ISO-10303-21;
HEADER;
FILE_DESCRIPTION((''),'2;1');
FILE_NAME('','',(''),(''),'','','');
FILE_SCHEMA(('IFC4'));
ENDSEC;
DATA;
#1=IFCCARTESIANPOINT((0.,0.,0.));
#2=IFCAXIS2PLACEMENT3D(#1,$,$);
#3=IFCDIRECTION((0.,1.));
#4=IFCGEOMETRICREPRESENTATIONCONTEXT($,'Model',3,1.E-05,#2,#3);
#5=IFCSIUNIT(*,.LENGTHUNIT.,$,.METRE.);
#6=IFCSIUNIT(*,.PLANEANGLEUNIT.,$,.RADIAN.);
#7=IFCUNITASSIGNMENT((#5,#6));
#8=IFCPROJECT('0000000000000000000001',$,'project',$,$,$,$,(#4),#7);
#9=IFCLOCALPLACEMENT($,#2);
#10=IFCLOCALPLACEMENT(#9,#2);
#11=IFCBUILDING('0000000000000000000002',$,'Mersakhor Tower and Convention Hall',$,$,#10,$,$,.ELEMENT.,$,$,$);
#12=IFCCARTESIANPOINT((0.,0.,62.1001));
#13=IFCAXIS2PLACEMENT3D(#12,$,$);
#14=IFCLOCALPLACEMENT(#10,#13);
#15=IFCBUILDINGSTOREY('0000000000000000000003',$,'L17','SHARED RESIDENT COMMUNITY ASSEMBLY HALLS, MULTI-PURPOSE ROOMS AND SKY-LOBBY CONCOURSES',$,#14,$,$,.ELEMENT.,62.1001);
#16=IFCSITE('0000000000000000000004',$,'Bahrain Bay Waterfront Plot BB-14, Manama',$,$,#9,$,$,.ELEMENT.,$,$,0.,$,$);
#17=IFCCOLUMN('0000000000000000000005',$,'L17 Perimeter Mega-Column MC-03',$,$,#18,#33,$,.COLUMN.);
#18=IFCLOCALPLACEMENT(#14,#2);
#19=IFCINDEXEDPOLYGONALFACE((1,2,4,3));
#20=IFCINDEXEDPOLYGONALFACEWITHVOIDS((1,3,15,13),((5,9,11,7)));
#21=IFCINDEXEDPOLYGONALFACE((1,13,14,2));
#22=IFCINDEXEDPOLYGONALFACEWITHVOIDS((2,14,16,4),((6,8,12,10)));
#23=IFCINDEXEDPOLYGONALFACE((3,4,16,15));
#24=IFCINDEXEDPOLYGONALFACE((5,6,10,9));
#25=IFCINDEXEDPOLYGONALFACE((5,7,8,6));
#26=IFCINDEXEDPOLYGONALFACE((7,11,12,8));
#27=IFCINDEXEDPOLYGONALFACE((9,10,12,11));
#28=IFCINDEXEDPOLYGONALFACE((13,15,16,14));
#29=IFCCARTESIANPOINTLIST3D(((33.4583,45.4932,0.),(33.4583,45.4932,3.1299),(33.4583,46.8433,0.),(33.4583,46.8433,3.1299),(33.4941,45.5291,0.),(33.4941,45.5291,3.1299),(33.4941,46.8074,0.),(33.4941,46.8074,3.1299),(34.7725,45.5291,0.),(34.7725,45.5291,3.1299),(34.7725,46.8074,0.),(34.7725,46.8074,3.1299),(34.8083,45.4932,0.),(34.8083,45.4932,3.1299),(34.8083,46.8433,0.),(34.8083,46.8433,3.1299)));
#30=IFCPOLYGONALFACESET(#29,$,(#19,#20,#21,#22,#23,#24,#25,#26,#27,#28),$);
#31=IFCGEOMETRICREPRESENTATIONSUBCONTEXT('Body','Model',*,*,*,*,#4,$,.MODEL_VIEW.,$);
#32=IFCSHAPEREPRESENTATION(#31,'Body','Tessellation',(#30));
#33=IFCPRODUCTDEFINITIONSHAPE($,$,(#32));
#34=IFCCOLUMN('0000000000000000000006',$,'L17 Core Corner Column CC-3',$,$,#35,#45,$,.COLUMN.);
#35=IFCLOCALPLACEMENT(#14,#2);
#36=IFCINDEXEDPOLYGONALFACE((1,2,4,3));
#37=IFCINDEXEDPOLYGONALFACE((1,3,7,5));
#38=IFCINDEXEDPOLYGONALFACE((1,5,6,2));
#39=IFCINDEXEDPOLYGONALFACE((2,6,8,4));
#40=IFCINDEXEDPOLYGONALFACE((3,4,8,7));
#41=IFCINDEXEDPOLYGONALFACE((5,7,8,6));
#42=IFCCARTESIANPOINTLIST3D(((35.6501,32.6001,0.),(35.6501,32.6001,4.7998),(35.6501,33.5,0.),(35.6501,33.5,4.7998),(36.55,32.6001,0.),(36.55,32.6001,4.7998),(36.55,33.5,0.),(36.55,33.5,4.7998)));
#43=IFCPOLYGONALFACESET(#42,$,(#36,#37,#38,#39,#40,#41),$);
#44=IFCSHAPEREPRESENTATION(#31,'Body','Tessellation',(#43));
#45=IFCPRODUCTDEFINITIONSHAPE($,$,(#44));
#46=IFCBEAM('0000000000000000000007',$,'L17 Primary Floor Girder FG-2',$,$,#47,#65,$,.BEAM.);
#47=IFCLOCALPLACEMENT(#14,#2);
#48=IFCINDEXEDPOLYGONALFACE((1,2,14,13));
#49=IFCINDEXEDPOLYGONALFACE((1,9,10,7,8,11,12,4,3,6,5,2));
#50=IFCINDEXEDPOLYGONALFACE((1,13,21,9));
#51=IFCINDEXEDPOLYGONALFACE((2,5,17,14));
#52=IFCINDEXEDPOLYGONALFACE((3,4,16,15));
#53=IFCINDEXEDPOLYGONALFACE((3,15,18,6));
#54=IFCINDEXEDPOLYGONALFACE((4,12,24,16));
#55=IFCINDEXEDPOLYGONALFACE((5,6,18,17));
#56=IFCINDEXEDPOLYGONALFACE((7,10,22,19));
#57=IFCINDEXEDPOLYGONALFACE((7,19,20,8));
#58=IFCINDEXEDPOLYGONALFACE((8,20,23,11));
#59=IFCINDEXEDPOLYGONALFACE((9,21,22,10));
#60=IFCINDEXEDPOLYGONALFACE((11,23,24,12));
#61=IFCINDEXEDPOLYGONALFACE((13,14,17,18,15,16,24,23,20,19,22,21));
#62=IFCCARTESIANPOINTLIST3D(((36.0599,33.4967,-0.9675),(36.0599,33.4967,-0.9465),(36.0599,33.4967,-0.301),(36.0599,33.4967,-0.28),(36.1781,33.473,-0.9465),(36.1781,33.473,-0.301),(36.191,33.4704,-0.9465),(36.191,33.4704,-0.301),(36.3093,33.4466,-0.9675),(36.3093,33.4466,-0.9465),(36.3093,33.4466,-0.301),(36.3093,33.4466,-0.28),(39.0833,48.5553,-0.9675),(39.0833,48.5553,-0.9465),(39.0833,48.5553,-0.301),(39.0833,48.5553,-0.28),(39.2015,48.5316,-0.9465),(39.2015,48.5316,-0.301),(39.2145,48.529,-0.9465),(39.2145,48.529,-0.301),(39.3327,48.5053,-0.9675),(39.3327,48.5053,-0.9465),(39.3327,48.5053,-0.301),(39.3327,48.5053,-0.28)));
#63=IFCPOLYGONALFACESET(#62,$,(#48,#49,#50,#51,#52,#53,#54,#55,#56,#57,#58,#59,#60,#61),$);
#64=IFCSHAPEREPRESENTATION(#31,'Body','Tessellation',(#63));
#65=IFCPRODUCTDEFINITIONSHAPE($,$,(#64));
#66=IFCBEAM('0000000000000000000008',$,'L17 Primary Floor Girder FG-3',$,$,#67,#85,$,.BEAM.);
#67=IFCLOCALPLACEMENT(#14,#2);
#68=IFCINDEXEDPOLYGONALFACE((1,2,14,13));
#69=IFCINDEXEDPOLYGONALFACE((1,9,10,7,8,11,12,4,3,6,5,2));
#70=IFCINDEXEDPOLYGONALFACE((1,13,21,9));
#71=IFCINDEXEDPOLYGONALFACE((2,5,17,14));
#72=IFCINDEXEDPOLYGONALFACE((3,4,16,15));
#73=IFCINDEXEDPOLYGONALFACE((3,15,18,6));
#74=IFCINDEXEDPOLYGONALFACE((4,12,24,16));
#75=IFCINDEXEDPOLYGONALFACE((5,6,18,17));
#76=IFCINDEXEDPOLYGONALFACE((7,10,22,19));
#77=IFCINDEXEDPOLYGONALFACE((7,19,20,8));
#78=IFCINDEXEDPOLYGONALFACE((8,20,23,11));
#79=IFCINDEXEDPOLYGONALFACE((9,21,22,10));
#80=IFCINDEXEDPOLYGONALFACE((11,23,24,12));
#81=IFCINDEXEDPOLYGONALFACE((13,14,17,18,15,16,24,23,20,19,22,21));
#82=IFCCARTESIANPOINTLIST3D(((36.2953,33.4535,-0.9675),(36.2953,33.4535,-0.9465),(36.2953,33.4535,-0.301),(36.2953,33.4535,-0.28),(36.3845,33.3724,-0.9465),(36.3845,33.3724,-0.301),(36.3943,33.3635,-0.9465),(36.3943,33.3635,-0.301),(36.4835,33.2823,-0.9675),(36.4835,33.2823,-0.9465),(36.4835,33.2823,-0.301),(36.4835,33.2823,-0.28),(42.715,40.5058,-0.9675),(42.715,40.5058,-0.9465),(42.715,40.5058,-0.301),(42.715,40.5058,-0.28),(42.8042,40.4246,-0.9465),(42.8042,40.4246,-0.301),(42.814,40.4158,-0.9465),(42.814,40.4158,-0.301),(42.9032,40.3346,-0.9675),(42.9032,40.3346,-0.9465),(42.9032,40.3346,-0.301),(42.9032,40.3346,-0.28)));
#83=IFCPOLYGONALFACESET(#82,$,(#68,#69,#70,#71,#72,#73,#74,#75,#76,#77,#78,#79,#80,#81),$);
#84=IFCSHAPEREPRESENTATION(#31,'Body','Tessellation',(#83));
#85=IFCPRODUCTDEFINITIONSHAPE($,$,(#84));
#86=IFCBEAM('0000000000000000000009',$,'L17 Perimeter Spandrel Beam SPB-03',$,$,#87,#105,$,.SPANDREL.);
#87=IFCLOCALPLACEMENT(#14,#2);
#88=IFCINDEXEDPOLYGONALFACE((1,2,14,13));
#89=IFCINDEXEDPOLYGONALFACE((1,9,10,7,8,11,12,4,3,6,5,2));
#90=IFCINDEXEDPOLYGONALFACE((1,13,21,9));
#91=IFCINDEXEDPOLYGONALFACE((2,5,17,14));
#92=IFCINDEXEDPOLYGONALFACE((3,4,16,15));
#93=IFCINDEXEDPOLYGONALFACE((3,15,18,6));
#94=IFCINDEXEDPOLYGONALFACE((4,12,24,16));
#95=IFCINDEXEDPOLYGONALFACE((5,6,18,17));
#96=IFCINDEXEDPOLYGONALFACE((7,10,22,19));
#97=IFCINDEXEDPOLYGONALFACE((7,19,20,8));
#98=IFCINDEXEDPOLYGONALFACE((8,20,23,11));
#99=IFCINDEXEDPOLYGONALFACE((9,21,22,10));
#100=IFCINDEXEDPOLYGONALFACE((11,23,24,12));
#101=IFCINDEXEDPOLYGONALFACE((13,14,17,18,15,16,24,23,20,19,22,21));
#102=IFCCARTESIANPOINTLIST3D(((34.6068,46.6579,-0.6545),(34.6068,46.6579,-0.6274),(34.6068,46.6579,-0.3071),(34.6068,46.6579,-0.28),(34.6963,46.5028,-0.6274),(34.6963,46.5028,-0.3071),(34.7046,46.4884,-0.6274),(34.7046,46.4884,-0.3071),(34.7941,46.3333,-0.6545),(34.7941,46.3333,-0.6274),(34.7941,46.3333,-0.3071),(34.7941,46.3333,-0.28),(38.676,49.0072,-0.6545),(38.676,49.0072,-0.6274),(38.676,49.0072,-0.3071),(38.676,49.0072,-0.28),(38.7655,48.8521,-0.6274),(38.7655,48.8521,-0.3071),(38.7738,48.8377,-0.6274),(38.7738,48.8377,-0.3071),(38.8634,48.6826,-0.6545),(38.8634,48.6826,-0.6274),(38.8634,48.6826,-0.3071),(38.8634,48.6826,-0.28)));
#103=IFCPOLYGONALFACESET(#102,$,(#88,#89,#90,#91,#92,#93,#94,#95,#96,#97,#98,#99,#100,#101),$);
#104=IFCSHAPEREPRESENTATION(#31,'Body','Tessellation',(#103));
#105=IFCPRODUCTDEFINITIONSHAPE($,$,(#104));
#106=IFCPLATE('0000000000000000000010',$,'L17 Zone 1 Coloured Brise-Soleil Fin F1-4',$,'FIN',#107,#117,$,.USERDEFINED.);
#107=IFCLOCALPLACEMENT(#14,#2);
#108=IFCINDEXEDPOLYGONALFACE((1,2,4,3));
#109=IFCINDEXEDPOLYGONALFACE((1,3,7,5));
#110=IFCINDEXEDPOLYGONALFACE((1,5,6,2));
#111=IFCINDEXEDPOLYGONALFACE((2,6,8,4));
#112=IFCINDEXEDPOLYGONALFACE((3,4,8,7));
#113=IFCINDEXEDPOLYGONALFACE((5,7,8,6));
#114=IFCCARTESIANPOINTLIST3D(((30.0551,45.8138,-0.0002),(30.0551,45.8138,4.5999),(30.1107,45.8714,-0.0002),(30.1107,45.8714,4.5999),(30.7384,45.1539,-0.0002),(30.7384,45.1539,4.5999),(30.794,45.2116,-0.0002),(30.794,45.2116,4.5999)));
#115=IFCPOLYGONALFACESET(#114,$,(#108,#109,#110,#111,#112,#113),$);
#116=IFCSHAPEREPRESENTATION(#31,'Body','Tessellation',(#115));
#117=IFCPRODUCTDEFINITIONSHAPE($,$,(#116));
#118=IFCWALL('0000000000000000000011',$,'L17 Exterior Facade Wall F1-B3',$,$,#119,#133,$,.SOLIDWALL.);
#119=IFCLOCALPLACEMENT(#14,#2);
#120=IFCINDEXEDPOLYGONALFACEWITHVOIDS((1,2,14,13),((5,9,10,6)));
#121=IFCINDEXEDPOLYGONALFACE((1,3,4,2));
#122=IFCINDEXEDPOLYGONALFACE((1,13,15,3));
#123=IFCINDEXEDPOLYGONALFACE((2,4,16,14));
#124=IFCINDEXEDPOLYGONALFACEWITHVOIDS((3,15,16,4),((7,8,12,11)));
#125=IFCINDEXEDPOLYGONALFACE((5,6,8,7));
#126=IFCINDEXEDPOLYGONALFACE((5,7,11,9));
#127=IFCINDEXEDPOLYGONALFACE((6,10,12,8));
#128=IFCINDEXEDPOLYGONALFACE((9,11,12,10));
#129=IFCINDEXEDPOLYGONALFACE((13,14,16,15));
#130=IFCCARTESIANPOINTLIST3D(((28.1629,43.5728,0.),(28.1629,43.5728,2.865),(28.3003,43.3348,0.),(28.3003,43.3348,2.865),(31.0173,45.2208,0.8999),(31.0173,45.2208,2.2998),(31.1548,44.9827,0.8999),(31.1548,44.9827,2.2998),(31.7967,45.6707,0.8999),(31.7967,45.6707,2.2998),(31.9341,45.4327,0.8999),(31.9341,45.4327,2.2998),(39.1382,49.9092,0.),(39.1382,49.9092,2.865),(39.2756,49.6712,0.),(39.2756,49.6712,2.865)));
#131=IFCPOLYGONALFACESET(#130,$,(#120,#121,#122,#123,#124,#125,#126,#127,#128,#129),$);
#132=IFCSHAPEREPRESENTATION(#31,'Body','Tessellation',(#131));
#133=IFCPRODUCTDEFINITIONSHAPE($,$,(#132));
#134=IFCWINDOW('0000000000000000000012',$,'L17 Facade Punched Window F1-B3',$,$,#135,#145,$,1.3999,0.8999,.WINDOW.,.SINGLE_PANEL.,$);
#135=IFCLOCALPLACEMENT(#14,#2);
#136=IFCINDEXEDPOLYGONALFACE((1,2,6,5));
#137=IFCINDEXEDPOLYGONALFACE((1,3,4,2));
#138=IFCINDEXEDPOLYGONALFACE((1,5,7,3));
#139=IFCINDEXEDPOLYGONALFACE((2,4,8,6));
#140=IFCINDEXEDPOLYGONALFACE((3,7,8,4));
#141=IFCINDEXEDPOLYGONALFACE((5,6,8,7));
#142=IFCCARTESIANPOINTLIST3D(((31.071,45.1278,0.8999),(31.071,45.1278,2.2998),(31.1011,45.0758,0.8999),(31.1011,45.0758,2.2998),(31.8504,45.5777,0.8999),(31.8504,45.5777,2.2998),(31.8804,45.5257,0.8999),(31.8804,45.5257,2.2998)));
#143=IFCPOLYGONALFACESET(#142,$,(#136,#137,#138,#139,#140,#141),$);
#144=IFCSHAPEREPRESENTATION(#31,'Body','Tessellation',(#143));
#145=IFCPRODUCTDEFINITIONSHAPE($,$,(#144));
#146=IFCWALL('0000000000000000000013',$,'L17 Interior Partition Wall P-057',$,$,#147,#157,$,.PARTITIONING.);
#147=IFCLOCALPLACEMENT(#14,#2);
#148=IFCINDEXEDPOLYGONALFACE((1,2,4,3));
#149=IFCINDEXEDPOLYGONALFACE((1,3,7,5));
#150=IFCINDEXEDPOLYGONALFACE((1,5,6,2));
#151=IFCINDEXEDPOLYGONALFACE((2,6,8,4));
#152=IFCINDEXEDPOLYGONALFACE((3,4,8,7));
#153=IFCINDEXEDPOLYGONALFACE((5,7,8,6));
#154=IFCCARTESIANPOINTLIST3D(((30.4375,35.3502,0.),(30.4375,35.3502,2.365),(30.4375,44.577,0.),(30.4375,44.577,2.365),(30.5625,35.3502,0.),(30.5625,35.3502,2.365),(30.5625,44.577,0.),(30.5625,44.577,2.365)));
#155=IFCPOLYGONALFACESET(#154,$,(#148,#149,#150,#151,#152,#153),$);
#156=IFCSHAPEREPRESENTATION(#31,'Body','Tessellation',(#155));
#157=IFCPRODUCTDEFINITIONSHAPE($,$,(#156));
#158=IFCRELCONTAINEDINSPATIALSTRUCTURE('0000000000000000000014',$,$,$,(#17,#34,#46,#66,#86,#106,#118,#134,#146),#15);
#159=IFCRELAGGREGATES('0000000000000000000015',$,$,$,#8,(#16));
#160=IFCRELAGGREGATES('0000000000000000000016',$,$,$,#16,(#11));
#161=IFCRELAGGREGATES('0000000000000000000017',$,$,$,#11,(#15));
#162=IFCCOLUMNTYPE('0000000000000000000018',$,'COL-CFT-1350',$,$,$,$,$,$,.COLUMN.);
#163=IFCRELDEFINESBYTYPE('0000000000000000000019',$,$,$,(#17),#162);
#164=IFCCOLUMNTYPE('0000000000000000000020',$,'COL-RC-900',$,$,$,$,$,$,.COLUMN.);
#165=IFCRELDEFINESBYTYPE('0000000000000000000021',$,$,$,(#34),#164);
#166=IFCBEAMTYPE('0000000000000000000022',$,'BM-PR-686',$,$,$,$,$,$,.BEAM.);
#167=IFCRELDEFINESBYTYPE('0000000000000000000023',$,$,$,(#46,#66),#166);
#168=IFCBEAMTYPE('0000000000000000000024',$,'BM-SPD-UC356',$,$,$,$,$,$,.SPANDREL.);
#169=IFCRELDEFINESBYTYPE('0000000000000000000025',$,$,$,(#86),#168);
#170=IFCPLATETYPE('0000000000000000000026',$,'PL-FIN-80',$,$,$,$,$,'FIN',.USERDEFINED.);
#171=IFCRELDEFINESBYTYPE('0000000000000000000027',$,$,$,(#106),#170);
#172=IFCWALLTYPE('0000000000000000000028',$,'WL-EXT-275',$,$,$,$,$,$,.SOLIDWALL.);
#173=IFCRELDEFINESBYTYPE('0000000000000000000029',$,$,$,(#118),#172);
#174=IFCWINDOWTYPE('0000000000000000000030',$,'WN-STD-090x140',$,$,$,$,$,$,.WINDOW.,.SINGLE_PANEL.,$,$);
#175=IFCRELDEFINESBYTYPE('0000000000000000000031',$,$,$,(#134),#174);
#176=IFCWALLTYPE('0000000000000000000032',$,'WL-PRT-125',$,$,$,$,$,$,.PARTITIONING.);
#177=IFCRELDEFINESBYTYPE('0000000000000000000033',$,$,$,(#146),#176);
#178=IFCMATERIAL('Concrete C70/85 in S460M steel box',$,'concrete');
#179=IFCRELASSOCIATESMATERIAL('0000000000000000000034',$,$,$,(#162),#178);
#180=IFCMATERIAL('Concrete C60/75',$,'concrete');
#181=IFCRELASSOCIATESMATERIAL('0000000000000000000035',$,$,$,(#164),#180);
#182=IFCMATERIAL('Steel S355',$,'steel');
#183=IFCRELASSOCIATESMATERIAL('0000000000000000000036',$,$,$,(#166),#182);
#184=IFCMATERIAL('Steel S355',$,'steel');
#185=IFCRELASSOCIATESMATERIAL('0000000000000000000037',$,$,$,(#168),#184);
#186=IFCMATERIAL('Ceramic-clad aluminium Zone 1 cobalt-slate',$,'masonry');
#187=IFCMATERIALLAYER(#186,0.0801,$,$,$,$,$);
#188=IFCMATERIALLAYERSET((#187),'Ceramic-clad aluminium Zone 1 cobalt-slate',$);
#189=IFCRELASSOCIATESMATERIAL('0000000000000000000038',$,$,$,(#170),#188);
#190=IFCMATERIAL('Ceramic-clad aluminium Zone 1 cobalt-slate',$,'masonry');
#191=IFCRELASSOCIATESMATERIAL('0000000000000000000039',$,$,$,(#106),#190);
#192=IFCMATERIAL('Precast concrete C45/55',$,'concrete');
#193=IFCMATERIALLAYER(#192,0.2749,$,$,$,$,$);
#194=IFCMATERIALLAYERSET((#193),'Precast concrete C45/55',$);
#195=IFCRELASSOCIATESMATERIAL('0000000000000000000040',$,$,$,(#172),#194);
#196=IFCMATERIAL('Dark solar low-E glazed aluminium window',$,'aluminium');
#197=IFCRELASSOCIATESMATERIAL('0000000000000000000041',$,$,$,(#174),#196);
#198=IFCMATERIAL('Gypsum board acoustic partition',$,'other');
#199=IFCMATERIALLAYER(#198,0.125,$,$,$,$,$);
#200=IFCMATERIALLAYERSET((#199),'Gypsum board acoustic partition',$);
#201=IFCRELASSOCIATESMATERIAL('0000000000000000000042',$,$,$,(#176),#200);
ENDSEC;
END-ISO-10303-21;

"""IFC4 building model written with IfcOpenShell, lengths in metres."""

from ifc_helpers import new_model, si_unit, direction, frame, frame_2d, origin, origin_2d, place, context, subcontext, project, spatial, rectangle, hollow_rectangle, i_section, extrude, material, layer, layer_set, material_profile, profile_set, type_object, element, fill, save


model = new_model("IFC4")

# Units and contexts
model_context = context("Model", 3, precision=1e-05, world=origin(), true_north=direction((0.0, 1.0)))
body_context = subcontext(model_context, "Body", "Model", "MODEL_VIEW")
ifc_project = project(units=[si_unit("LENGTHUNIT", "METRE"), si_unit("PLANEANGLEUNIT", "RADIAN")], contexts=[model_context])

# Site, building, storey
site_placement = place(None, origin())
site = spatial("IfcSite", under=ifc_project, at=site_placement, Name="Bahrain Bay Waterfront Plot BB-14, Manama", CompositionType="ELEMENT", RefElevation=0.0)
building_placement = place(site_placement, origin())
building = spatial("IfcBuilding", under=site, at=building_placement, Name="Mersakhor Tower and Convention Hall", CompositionType="ELEMENT")
storey_placement = place(building_placement, frame((0.0, 0.0, 62.1001)))
storey = spatial("IfcBuildingStorey", under=building, at=storey_placement, Name="L17", Description="SHARED RESIDENT COMMUNITY ASSEMBLY HALLS, MULTI-PURPOSE ROOMS AND SKY-LOBBY CONCOURSES", CompositionType="ELEMENT", Elevation=62.1001)

# Columns
ifc_material_1 = material(Name="Concrete C70/85 in S460M steel box", Category="concrete")
ifc_material_profile_1 = material_profile(ifc_material_1, hollow_rectangle(XDim=1.3501, YDim=1.3501, WallThickness=0.0359, at=origin_2d()), Name="SHS 1350x1350x36")
ifc_profile_set_1 = profile_set([ifc_material_profile_1], Name="Concrete C70/85 in S460M steel box")
column_type_1 = type_object("IfcColumnType", Name="COL-CFT-1350", PredefinedType="COLUMN", material=ifc_profile_set_1)
column_1_placement = place(storey_placement, frame((34.1333, 46.1682, 0.0), z_axis=(0.0, 0.0, 1.0), x_axis=(1.0, 0.0, 0.0)))
element("IfcColumn", 1, at=column_1_placement, inside=storey, type_object=column_type_1, Name="L17 Perimeter Mega-Column MC-03", PredefinedType="COLUMN", context=body_context, shape_type="SweptSolid", body=[
    extrude(hollow_rectangle(XDim=1.3501, YDim=1.3501, WallThickness=0.0359, at=origin_2d()), origin(), (0.0, 0.0, 1.0), 3.1299),
])
ifc_material_2 = material(Name="Concrete C60/75", Category="concrete")
ifc_material_profile_2 = material_profile(ifc_material_2, rectangle(XDim=0.8999, YDim=0.8999, at=origin_2d()), Name="RC 900x900")
ifc_profile_set_2 = profile_set([ifc_material_profile_2], Name="Concrete C60/75")
column_type_2 = type_object("IfcColumnType", Name="COL-RC-900", PredefinedType="COLUMN", material=ifc_profile_set_2)
column_2_placement = place(storey_placement, frame((36.1001, 33.05, 0.0), z_axis=(0.0, 0.0, 1.0), x_axis=(1.0, 0.0, 0.0)))
element("IfcColumn", 2, at=column_2_placement, inside=storey, type_object=column_type_2, Name="L17 Core Corner Column CC-3", PredefinedType="COLUMN", context=body_context, shape_type="SweptSolid", body=[
    extrude(rectangle(XDim=0.8999, YDim=0.8999, at=origin_2d()), origin(), (0.0, 0.0, 1.0), 4.7998),
])

# Beams
ifc_material_3 = material(Name="Steel S355", Category="steel")
ifc_material_profile_3 = material_profile(ifc_material_3, i_section(OverallWidth=0.2544, OverallDepth=0.6875, WebThickness=0.0132, FlangeThickness=0.021, at=origin_2d()), Name="UB 686x254x152")
ifc_profile_set_3 = profile_set([ifc_material_profile_3], Name="Steel S355")
beam_type_1 = type_object("IfcBeamType", Name="BM-PR-686", PredefinedType="BEAM", material=ifc_profile_set_3)
beam_1_placement = place(storey_placement, frame((36.1846, 33.4717, -0.6238), z_axis=(0.19685, 0.980434, 0.0), x_axis=(-0.980434, 0.19685, 0.0)))
element("IfcBeam", 3, at=beam_1_placement, inside=storey, type_object=beam_type_1, Name="L17 Primary Floor Girder FG-2", PredefinedType="BEAM", context=body_context, shape_type="SweptSolid", body=[
    extrude(i_section(OverallWidth=0.2544, OverallDepth=0.6875, WebThickness=0.0132, FlangeThickness=0.021, at=origin_2d()), origin(), (0.0, 0.0, 1.0), 15.3591),
])
beam_2_placement = place(storey_placement, frame((36.3894, 33.3679, -0.6238), z_axis=(0.673163, 0.739494, 0.0), x_axis=(-0.739494, 0.673163, 0.0)))
element("IfcBeam", 4, at=beam_2_placement, inside=storey, type_object=beam_type_1, Name="L17 Primary Floor Girder FG-3", PredefinedType="BEAM", context=body_context, shape_type="SweptSolid", body=[
    extrude(i_section(OverallWidth=0.2544, OverallDepth=0.6875, WebThickness=0.0132, FlangeThickness=0.021, at=origin_2d()), origin(), (0.0, 0.0, 1.0), 9.5366),
])
ifc_material_4 = material(Name="Steel S355", Category="steel")
ifc_material_profile_4 = material_profile(ifc_material_4, i_section(OverallWidth=0.3748, OverallDepth=0.3745, WebThickness=0.0166, FlangeThickness=0.0271, at=origin_2d()), Name="UC 356x368x202")
ifc_profile_set_4 = profile_set([ifc_material_profile_4], Name="Steel S355")
beam_type_2 = type_object("IfcBeamType", Name="BM-SPD-UC356", PredefinedType="SPANDREL", material=ifc_profile_set_4)
beam_3_placement = place(storey_placement, frame((34.7004, 46.4956, -0.4673), z_axis=(0.866032, 0.499989, 0.0), x_axis=(-0.499989, 0.866032, 0.0)))
element("IfcBeam", 5, at=beam_3_placement, inside=storey, type_object=beam_type_2, Name="L17 Perimeter Spandrel Beam SPB-03", PredefinedType="SPANDREL", context=body_context, shape_type="SweptSolid", body=[
    extrude(i_section(OverallWidth=0.3748, OverallDepth=0.3745, WebThickness=0.0166, FlangeThickness=0.0271, at=origin_2d()), origin(), (0.0, 0.0, 1.0), 4.6987),
])

# Plate
ifc_material_5 = material(Name="Ceramic-clad aluminium Zone 1 cobalt-slate", Category="masonry")
ifc_material_6 = material(Name="Ceramic-clad aluminium Zone 1 cobalt-slate", Category="masonry")
ifc_layer_1 = layer(ifc_material_6, 0.0801)
ifc_layer_set_1 = layer_set([ifc_layer_1], Name="Ceramic-clad aluminium Zone 1 cobalt-slate")
plate_type = type_object("IfcPlateType", Name="PL-FIN-80", ElementType="FIN", PredefinedType="USERDEFINED", material=ifc_layer_set_1)
plate_placement = place(storey_placement, frame((30.4246, 45.5127, -0.0002), z_axis=(0.0, 0.0, 1.0), x_axis=(-0.71934, 0.694658, 0.0)))
element("IfcPlate", 6, at=plate_placement, inside=storey, type_object=plate_type, material=ifc_material_5, Name="L17 Zone 1 Coloured Brise-Soleil Fin F1-4", ObjectType="FIN", PredefinedType="USERDEFINED", context=body_context, shape_type="SweptSolid", body=[
    extrude(rectangle(XDim=0.95, YDim=0.0801, at=origin_2d()), origin(), (0.0, 0.0, 1.0), 4.6001),
])

# Wall, opening, window
ifc_material_7 = material(Name="Precast concrete C45/55", Category="concrete")
ifc_layer_2 = layer(ifc_material_7, 0.2749)
ifc_layer_set_2 = layer_set([ifc_layer_2], Name="Precast concrete C45/55")
wall_type_1 = type_object("IfcWallType", Name="WL-EXT-275", PredefinedType="SOLIDWALL", material=ifc_layer_set_2)
wall_1_placement = place(storey_placement, frame((28.2317, 43.4539, 0.0), z_axis=(0.0, 0.0, 1.0), x_axis=(0.866032, 0.499989, 0.0)))
wall_1 = element("IfcWall", 7, at=wall_1_placement, inside=storey, type_object=wall_type_1, Name="L17 Exterior Facade Wall F1-B3", PredefinedType="SOLIDWALL", context=body_context, shape_type="SweptSolid", body=[
    extrude(rectangle(XDim=12.6731, YDim=0.2749, at=frame_2d((6.3364, 0.0))), origin(), (0.0, 0.0, 1.0), 2.865),
])
opening_1_placement = place(wall_1_placement, frame((3.2959, 0.0, 0.8999)))
opening_1 = element("IfcOpeningElement", 8, at=opening_1_placement, cuts=wall_1, PredefinedType="OPENING", context=body_context, shape_type="SweptSolid", body=[
    extrude(rectangle(XDim=0.8999, YDim=1.3999, at=frame_2d((0.45, 0.7))), frame((0.0, 0.1475, 0.0), z_axis=(0.0, -1.0, 0.0), x_axis=(1.0, 0.0, 0.0)), (0.0, 0.0, 1.0), 0.2949),
])
ifc_material_8 = material(Name="Dark solar low-E glazed aluminium window", Category="aluminium")
window_type = type_object("IfcWindowType", Name="WN-STD-090x140", PartitioningType="SINGLE_PANEL", PredefinedType="WINDOW", material=ifc_material_8)
window_placement = place(opening_1_placement, origin())
window = element("IfcWindow", 9, at=window_placement, inside=storey, type_object=window_type, Name="L17 Facade Punched Window F1-B3", OverallHeight=1.3999, OverallWidth=0.8999, PartitioningType="SINGLE_PANEL", PredefinedType="WINDOW", context=body_context, shape_type="SweptSolid", body=[
    extrude(rectangle(XDim=0.8999, YDim=1.3999, at=frame_2d((0.45, 0.7))), frame((0.0, 0.03, 0.0), z_axis=(0.0, -1.0, 0.0), x_axis=(1.0, 0.0, 0.0)), (0.0, 0.0, 1.0), 0.0601),
])
fill(opening_1, window)

# Wall
ifc_material_9 = material(Name="Gypsum board acoustic partition", Category="other")
ifc_layer_3 = layer(ifc_material_9, 0.125)
ifc_layer_set_3 = layer_set([ifc_layer_3], Name="Gypsum board acoustic partition")
wall_type_2 = type_object("IfcWallType", Name="WL-PRT-125", PredefinedType="PARTITIONING", material=ifc_layer_set_3)
wall_2_placement = place(storey_placement, frame((30.5, 44.5769, 0.0), z_axis=(0.0, 0.0, 1.0), x_axis=(0.0, -1.0, 0.0)))
element("IfcWall", 10, at=wall_2_placement, inside=storey, type_object=wall_type_2, Name="L17 Interior Partition Wall P-057", PredefinedType="PARTITIONING", context=body_context, shape_type="SweptSolid", body=[
    extrude(rectangle(XDim=9.2268, YDim=0.125, at=frame_2d((4.6133, 0.0))), origin(), (0.0, 0.0, 1.0), 2.365),
])

save(model, "model.ifc")
